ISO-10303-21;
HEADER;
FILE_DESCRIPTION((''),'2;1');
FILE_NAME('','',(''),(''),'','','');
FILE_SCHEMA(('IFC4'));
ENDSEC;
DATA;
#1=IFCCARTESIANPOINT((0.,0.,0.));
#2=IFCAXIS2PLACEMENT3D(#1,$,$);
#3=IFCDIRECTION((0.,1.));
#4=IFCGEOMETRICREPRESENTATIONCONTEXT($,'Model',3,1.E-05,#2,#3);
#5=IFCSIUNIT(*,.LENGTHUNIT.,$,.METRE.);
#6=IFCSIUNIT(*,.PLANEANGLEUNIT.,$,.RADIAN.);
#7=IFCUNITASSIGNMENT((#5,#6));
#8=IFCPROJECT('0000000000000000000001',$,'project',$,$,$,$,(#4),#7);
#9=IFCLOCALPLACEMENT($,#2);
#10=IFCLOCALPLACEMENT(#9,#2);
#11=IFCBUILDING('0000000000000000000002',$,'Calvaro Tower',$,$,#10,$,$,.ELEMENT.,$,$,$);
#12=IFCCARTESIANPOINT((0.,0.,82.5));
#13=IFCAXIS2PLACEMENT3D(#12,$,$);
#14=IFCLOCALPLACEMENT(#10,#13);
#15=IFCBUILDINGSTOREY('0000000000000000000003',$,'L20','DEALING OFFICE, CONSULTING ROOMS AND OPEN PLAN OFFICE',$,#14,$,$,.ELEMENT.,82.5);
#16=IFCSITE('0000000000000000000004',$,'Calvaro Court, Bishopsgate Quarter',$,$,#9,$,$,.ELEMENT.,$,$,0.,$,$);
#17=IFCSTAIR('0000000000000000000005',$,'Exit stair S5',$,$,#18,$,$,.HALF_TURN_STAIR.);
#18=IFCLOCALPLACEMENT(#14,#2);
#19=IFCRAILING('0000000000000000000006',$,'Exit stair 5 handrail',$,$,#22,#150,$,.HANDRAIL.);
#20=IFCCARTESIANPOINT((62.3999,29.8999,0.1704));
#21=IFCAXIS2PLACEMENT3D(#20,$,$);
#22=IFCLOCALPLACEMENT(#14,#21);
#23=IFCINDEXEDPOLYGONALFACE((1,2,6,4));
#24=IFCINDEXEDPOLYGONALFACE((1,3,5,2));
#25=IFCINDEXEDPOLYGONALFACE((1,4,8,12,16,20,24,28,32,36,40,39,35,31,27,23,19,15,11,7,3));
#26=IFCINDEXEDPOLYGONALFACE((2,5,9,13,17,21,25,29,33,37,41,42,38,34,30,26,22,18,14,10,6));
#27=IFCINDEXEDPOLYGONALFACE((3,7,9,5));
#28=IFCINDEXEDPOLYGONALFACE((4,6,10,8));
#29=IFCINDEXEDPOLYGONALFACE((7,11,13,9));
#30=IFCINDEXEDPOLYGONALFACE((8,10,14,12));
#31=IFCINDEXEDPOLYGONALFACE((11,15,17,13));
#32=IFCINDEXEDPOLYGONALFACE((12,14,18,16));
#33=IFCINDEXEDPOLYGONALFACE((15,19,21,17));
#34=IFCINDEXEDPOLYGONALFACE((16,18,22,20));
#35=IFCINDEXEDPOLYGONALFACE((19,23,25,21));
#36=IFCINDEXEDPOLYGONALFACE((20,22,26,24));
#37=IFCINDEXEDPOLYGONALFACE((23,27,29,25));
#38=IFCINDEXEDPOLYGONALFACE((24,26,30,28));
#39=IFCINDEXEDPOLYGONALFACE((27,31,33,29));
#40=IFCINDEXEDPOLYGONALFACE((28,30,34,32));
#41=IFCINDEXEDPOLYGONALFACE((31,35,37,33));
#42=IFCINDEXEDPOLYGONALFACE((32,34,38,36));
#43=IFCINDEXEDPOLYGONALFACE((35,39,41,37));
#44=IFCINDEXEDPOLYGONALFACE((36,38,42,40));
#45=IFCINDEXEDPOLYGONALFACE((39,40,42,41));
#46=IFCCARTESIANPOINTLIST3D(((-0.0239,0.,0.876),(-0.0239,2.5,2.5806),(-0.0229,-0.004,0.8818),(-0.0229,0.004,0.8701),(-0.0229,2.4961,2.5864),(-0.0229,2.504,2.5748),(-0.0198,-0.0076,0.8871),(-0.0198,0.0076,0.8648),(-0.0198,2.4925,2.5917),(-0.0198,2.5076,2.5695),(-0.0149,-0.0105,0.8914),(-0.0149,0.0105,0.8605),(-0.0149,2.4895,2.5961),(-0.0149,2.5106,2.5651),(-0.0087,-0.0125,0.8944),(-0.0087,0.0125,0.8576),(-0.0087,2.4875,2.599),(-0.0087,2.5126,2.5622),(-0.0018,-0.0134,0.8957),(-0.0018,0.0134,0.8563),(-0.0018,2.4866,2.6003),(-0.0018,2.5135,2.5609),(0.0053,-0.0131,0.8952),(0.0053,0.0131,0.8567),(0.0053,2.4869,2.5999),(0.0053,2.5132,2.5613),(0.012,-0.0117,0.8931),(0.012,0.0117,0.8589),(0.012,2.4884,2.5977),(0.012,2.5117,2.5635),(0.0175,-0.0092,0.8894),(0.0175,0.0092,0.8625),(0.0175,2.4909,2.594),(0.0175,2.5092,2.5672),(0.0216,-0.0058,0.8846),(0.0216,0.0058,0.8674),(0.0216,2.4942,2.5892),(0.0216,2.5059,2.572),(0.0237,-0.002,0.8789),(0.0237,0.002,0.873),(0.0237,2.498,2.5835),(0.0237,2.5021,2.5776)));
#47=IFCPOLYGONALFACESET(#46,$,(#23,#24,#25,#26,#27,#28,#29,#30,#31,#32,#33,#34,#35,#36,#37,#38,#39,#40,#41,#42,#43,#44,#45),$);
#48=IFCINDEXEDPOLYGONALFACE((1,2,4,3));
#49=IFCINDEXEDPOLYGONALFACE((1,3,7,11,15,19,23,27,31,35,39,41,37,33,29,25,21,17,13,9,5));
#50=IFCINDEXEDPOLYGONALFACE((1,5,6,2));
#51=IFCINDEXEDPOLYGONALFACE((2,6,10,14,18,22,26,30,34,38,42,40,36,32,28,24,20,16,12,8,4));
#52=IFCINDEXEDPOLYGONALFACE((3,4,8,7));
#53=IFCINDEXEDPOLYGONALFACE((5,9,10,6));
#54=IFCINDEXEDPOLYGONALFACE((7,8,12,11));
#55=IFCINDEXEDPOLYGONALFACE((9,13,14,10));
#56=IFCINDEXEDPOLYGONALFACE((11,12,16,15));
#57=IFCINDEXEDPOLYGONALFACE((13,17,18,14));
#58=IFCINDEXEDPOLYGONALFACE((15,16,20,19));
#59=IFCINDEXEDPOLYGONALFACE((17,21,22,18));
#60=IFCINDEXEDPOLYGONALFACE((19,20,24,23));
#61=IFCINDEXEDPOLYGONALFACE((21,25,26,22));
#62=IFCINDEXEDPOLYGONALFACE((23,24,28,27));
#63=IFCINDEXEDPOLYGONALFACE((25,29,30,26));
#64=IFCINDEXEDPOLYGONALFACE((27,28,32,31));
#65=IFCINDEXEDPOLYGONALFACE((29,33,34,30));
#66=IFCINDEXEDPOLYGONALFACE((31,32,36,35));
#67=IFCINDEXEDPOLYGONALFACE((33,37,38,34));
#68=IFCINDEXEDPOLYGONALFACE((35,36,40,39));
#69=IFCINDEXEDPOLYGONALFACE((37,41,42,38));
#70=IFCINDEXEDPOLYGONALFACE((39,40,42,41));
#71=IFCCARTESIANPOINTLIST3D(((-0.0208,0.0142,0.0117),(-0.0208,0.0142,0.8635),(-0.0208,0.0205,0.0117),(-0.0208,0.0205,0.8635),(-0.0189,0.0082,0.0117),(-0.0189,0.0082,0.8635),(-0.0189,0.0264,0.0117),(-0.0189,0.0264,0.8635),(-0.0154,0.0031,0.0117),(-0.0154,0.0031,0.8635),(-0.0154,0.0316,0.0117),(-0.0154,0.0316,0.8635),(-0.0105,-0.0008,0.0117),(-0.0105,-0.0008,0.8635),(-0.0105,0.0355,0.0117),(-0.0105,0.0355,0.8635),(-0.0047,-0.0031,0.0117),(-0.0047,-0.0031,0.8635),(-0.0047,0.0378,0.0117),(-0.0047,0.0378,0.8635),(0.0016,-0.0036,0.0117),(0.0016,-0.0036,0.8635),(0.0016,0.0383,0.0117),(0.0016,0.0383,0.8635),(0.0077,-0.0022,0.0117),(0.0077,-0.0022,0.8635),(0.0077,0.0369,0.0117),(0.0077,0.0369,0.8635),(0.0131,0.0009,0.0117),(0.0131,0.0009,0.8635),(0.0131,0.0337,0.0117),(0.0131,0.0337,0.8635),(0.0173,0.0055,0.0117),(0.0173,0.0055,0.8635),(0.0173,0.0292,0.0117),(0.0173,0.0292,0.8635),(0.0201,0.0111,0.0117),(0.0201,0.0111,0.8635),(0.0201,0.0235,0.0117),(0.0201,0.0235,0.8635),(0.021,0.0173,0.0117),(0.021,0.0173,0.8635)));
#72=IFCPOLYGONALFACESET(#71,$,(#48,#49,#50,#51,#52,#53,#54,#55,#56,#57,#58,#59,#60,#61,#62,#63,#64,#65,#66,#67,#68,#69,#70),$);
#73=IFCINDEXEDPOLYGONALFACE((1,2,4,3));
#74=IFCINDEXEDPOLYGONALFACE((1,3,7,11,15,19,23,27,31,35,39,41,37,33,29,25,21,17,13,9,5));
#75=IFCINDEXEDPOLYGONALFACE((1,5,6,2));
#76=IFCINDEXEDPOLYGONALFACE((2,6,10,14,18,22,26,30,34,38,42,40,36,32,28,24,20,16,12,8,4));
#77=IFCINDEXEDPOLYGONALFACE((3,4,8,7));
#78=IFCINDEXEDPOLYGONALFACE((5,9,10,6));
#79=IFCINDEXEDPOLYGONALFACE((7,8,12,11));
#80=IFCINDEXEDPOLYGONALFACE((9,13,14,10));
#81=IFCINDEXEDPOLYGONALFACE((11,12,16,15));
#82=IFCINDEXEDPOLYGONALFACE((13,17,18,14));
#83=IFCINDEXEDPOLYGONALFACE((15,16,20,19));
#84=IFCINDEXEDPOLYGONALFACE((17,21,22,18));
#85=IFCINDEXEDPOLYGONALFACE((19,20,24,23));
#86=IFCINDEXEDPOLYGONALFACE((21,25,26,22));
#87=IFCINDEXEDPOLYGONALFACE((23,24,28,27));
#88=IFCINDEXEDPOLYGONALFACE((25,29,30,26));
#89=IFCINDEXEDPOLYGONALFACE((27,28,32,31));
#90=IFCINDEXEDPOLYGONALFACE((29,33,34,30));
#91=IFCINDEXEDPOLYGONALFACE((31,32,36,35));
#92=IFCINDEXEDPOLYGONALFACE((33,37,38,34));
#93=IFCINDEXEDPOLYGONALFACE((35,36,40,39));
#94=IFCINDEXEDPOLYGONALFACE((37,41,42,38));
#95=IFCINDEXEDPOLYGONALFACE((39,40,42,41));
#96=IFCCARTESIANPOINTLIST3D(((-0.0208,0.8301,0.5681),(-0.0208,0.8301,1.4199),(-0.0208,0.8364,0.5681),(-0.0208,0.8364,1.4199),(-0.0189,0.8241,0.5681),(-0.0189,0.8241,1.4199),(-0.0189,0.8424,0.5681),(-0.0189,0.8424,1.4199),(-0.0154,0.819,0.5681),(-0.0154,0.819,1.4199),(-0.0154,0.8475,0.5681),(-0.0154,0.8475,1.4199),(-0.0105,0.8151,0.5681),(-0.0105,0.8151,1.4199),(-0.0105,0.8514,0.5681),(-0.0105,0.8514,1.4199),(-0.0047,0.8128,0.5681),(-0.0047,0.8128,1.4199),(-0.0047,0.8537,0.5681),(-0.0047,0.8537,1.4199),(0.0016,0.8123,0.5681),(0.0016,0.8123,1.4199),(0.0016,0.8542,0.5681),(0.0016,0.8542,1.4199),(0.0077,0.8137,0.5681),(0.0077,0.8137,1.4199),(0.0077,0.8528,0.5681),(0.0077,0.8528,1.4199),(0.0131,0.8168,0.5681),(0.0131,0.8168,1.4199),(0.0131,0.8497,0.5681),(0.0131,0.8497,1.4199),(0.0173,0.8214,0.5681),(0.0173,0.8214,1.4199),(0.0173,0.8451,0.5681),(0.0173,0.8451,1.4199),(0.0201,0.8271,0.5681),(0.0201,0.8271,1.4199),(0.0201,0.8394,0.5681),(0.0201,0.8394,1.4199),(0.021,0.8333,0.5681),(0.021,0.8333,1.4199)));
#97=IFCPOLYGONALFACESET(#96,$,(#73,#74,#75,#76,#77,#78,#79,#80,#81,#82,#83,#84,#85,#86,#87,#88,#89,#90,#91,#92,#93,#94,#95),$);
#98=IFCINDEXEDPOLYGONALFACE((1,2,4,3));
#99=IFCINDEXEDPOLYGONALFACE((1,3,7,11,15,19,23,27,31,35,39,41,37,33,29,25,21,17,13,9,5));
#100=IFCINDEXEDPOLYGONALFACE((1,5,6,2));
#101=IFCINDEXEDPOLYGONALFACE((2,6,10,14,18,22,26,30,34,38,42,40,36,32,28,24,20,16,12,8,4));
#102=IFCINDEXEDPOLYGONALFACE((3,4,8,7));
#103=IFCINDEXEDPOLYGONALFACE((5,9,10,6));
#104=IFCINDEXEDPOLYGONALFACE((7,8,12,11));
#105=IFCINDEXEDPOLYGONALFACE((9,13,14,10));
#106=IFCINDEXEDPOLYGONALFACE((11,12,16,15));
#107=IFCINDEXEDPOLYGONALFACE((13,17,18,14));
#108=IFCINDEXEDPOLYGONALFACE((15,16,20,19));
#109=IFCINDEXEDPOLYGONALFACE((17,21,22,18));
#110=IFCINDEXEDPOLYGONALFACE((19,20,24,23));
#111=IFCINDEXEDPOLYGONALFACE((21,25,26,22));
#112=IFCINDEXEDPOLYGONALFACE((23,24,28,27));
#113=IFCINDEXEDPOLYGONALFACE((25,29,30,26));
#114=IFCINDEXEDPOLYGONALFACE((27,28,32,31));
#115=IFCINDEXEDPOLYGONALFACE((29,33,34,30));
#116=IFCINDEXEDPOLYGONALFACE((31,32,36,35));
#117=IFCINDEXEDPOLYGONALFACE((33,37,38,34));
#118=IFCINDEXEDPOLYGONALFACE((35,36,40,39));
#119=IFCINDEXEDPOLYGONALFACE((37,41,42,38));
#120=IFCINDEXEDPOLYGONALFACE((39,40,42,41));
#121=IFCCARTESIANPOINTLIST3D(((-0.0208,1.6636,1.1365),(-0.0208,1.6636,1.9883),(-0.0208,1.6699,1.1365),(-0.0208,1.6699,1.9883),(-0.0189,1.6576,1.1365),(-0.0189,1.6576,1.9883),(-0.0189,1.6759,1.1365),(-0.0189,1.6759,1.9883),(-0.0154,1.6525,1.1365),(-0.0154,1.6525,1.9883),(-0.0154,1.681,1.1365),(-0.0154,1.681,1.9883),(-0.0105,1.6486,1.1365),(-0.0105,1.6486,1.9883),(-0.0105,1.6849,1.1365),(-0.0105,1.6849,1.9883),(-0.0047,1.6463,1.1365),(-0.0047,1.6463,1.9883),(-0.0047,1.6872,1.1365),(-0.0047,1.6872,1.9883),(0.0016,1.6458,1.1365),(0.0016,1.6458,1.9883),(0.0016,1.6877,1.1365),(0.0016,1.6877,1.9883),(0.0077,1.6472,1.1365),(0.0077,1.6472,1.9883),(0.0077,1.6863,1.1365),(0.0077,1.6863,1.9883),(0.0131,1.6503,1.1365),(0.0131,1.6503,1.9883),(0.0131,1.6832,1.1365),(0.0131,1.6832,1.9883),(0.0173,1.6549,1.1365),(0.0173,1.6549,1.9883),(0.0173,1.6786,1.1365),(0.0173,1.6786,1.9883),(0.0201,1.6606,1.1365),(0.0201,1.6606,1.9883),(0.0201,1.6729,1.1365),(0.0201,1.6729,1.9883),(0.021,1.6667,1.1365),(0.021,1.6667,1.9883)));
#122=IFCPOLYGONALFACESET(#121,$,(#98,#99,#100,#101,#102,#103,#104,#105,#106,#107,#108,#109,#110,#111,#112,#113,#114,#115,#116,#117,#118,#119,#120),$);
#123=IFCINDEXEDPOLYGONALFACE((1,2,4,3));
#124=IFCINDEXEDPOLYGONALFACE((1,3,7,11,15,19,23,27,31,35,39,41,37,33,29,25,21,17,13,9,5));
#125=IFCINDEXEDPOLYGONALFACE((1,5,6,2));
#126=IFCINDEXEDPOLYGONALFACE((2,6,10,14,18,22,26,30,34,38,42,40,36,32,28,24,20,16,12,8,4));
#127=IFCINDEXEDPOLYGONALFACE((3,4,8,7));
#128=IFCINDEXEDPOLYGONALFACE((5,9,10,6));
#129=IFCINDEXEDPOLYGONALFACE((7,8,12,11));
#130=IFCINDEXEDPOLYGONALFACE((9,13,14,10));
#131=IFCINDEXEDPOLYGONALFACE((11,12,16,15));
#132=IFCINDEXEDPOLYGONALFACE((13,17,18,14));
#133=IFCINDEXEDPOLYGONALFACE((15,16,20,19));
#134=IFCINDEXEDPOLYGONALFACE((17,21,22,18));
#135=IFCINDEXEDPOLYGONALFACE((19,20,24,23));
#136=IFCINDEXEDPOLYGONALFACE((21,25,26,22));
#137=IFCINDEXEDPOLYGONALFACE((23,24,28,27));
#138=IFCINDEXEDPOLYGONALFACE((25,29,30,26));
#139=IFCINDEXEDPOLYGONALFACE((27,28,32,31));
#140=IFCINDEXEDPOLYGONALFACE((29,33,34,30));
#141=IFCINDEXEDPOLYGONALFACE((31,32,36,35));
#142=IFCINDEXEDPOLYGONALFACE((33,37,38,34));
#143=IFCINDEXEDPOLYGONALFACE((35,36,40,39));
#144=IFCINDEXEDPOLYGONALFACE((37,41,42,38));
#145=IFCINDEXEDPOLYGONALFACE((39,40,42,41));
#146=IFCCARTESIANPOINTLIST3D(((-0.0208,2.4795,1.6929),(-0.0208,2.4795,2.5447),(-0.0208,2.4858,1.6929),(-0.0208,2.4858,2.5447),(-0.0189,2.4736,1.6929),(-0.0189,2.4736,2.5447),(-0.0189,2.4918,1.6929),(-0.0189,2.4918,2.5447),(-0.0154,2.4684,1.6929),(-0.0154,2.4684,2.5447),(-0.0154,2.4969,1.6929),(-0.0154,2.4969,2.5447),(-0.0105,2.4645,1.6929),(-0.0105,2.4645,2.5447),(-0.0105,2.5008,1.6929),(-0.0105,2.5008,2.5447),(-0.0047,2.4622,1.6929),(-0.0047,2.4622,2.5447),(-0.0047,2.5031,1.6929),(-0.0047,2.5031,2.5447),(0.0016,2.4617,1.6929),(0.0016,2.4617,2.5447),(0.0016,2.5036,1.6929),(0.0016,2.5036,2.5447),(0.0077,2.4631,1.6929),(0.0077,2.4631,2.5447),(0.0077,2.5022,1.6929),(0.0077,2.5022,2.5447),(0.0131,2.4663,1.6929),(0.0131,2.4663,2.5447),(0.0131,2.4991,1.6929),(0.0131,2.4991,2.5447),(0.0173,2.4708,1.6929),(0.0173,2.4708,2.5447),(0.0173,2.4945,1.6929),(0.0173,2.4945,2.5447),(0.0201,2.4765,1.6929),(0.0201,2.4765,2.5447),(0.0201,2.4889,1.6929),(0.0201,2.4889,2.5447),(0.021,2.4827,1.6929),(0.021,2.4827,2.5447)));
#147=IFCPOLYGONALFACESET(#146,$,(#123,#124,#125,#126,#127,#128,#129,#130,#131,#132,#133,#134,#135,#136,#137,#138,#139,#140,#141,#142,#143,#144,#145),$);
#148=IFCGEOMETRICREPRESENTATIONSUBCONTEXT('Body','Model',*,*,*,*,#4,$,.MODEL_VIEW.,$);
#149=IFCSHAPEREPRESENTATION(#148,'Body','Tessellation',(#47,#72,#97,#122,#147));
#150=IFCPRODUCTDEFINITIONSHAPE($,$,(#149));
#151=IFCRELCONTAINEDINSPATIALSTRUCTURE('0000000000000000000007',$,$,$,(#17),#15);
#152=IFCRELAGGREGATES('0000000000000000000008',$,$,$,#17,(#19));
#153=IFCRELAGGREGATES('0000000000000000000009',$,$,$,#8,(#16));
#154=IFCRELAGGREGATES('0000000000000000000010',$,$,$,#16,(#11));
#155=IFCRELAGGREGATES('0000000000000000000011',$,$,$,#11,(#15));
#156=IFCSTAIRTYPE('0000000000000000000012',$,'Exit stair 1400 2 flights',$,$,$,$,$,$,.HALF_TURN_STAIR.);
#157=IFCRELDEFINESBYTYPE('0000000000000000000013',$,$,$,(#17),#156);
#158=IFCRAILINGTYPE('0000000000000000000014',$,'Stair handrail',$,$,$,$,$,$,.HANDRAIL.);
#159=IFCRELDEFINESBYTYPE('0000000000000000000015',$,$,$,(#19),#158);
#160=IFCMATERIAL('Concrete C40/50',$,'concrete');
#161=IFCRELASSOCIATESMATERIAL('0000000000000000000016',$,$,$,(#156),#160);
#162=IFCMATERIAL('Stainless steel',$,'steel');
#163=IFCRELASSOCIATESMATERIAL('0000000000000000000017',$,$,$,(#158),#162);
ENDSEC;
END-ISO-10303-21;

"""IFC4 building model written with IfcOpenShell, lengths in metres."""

from ifc_helpers import new_model, si_unit, direction, frame, origin, origin_2d, place, context, subcontext, project, spatial, circle, extrude, material, type_object, element, aggregate, save


model = new_model("IFC4")

# Units and contexts
model_context = context("Model", 3, precision=1e-05, world=origin(), true_north=direction((0.0, 1.0)))
body_context = subcontext(model_context, "Body", "Model", "MODEL_VIEW")
ifc_project = project(units=[si_unit("LENGTHUNIT", "METRE"), si_unit("PLANEANGLEUNIT", "RADIAN")], contexts=[model_context])

# Site, building, storey
site_placement = place(None, origin())
site = spatial("IfcSite", under=ifc_project, at=site_placement, Name="Calvaro Court, Bishopsgate Quarter", CompositionType="ELEMENT", RefElevation=0.0)
building_placement = place(site_placement, origin())
building = spatial("IfcBuilding", under=site, at=building_placement, Name="Calvaro Tower", CompositionType="ELEMENT")
storey_placement = place(building_placement, frame((0.0, 0.0, 82.5)))
storey = spatial("IfcBuildingStorey", under=building, at=storey_placement, Name="L20", Description="DEALING OFFICE, CONSULTING ROOMS AND OPEN PLAN OFFICE", CompositionType="ELEMENT", Elevation=82.5)

# Stair
ifc_material_1 = material(Name="Concrete C40/50", Category="concrete")
stair_type = type_object("IfcStairType", Name="Exit stair 1400 2 flights", PredefinedType="HALF_TURN_STAIR", material=ifc_material_1)
stair_1_placement = place(storey_placement, origin())
stair_1 = element("IfcStair", 1, at=stair_1_placement, inside=storey, type_object=stair_type, Name="Exit stair S5", PredefinedType="HALF_TURN_STAIR")

# Shared definitions
ifc_material_2 = material(Name="Stainless steel", Category="steel")
railing_type = type_object("IfcRailingType", Name="Stair handrail", PredefinedType="HANDRAIL", material=ifc_material_2)

# Railing
railing_1_placement = place(storey_placement, frame((62.3999, 29.8999, 0.1704)))
railing_1 = element("IfcRailing", 2, at=railing_1_placement, type_object=railing_type, Name="Exit stair 5 handrail", PredefinedType="HANDRAIL", context=body_context, shape_type="SweptSolid", body=[
    extrude(circle(Radius=0.0239, at=origin_2d()), frame((0.0, 0.0, 0.876), z_axis=(0.0, 0.826221, 0.563347), x_axis=(-1.0, 0.0, 0.0)), (0.0, 0.0, 1.0), 3.0259),
    extrude(circle(Radius=0.021, at=origin_2d()), frame((0.0, 0.0173, 0.0117)), (0.0, 0.0, 1.0), 0.8518),
    extrude(circle(Radius=0.021, at=origin_2d()), frame((0.0, 0.8333, 0.5681)), (0.0, 0.0, 1.0), 0.8518),
    extrude(circle(Radius=0.021, at=origin_2d()), frame((0.0, 1.6667, 1.1365)), (0.0, 0.0, 1.0), 0.8518),
    extrude(circle(Radius=0.021, at=origin_2d()), frame((0.0, 2.4827, 1.6929)), (0.0, 0.0, 1.0), 0.8518),
])
aggregate(stair_1, [railing_1])

save(model, "model.ifc")
